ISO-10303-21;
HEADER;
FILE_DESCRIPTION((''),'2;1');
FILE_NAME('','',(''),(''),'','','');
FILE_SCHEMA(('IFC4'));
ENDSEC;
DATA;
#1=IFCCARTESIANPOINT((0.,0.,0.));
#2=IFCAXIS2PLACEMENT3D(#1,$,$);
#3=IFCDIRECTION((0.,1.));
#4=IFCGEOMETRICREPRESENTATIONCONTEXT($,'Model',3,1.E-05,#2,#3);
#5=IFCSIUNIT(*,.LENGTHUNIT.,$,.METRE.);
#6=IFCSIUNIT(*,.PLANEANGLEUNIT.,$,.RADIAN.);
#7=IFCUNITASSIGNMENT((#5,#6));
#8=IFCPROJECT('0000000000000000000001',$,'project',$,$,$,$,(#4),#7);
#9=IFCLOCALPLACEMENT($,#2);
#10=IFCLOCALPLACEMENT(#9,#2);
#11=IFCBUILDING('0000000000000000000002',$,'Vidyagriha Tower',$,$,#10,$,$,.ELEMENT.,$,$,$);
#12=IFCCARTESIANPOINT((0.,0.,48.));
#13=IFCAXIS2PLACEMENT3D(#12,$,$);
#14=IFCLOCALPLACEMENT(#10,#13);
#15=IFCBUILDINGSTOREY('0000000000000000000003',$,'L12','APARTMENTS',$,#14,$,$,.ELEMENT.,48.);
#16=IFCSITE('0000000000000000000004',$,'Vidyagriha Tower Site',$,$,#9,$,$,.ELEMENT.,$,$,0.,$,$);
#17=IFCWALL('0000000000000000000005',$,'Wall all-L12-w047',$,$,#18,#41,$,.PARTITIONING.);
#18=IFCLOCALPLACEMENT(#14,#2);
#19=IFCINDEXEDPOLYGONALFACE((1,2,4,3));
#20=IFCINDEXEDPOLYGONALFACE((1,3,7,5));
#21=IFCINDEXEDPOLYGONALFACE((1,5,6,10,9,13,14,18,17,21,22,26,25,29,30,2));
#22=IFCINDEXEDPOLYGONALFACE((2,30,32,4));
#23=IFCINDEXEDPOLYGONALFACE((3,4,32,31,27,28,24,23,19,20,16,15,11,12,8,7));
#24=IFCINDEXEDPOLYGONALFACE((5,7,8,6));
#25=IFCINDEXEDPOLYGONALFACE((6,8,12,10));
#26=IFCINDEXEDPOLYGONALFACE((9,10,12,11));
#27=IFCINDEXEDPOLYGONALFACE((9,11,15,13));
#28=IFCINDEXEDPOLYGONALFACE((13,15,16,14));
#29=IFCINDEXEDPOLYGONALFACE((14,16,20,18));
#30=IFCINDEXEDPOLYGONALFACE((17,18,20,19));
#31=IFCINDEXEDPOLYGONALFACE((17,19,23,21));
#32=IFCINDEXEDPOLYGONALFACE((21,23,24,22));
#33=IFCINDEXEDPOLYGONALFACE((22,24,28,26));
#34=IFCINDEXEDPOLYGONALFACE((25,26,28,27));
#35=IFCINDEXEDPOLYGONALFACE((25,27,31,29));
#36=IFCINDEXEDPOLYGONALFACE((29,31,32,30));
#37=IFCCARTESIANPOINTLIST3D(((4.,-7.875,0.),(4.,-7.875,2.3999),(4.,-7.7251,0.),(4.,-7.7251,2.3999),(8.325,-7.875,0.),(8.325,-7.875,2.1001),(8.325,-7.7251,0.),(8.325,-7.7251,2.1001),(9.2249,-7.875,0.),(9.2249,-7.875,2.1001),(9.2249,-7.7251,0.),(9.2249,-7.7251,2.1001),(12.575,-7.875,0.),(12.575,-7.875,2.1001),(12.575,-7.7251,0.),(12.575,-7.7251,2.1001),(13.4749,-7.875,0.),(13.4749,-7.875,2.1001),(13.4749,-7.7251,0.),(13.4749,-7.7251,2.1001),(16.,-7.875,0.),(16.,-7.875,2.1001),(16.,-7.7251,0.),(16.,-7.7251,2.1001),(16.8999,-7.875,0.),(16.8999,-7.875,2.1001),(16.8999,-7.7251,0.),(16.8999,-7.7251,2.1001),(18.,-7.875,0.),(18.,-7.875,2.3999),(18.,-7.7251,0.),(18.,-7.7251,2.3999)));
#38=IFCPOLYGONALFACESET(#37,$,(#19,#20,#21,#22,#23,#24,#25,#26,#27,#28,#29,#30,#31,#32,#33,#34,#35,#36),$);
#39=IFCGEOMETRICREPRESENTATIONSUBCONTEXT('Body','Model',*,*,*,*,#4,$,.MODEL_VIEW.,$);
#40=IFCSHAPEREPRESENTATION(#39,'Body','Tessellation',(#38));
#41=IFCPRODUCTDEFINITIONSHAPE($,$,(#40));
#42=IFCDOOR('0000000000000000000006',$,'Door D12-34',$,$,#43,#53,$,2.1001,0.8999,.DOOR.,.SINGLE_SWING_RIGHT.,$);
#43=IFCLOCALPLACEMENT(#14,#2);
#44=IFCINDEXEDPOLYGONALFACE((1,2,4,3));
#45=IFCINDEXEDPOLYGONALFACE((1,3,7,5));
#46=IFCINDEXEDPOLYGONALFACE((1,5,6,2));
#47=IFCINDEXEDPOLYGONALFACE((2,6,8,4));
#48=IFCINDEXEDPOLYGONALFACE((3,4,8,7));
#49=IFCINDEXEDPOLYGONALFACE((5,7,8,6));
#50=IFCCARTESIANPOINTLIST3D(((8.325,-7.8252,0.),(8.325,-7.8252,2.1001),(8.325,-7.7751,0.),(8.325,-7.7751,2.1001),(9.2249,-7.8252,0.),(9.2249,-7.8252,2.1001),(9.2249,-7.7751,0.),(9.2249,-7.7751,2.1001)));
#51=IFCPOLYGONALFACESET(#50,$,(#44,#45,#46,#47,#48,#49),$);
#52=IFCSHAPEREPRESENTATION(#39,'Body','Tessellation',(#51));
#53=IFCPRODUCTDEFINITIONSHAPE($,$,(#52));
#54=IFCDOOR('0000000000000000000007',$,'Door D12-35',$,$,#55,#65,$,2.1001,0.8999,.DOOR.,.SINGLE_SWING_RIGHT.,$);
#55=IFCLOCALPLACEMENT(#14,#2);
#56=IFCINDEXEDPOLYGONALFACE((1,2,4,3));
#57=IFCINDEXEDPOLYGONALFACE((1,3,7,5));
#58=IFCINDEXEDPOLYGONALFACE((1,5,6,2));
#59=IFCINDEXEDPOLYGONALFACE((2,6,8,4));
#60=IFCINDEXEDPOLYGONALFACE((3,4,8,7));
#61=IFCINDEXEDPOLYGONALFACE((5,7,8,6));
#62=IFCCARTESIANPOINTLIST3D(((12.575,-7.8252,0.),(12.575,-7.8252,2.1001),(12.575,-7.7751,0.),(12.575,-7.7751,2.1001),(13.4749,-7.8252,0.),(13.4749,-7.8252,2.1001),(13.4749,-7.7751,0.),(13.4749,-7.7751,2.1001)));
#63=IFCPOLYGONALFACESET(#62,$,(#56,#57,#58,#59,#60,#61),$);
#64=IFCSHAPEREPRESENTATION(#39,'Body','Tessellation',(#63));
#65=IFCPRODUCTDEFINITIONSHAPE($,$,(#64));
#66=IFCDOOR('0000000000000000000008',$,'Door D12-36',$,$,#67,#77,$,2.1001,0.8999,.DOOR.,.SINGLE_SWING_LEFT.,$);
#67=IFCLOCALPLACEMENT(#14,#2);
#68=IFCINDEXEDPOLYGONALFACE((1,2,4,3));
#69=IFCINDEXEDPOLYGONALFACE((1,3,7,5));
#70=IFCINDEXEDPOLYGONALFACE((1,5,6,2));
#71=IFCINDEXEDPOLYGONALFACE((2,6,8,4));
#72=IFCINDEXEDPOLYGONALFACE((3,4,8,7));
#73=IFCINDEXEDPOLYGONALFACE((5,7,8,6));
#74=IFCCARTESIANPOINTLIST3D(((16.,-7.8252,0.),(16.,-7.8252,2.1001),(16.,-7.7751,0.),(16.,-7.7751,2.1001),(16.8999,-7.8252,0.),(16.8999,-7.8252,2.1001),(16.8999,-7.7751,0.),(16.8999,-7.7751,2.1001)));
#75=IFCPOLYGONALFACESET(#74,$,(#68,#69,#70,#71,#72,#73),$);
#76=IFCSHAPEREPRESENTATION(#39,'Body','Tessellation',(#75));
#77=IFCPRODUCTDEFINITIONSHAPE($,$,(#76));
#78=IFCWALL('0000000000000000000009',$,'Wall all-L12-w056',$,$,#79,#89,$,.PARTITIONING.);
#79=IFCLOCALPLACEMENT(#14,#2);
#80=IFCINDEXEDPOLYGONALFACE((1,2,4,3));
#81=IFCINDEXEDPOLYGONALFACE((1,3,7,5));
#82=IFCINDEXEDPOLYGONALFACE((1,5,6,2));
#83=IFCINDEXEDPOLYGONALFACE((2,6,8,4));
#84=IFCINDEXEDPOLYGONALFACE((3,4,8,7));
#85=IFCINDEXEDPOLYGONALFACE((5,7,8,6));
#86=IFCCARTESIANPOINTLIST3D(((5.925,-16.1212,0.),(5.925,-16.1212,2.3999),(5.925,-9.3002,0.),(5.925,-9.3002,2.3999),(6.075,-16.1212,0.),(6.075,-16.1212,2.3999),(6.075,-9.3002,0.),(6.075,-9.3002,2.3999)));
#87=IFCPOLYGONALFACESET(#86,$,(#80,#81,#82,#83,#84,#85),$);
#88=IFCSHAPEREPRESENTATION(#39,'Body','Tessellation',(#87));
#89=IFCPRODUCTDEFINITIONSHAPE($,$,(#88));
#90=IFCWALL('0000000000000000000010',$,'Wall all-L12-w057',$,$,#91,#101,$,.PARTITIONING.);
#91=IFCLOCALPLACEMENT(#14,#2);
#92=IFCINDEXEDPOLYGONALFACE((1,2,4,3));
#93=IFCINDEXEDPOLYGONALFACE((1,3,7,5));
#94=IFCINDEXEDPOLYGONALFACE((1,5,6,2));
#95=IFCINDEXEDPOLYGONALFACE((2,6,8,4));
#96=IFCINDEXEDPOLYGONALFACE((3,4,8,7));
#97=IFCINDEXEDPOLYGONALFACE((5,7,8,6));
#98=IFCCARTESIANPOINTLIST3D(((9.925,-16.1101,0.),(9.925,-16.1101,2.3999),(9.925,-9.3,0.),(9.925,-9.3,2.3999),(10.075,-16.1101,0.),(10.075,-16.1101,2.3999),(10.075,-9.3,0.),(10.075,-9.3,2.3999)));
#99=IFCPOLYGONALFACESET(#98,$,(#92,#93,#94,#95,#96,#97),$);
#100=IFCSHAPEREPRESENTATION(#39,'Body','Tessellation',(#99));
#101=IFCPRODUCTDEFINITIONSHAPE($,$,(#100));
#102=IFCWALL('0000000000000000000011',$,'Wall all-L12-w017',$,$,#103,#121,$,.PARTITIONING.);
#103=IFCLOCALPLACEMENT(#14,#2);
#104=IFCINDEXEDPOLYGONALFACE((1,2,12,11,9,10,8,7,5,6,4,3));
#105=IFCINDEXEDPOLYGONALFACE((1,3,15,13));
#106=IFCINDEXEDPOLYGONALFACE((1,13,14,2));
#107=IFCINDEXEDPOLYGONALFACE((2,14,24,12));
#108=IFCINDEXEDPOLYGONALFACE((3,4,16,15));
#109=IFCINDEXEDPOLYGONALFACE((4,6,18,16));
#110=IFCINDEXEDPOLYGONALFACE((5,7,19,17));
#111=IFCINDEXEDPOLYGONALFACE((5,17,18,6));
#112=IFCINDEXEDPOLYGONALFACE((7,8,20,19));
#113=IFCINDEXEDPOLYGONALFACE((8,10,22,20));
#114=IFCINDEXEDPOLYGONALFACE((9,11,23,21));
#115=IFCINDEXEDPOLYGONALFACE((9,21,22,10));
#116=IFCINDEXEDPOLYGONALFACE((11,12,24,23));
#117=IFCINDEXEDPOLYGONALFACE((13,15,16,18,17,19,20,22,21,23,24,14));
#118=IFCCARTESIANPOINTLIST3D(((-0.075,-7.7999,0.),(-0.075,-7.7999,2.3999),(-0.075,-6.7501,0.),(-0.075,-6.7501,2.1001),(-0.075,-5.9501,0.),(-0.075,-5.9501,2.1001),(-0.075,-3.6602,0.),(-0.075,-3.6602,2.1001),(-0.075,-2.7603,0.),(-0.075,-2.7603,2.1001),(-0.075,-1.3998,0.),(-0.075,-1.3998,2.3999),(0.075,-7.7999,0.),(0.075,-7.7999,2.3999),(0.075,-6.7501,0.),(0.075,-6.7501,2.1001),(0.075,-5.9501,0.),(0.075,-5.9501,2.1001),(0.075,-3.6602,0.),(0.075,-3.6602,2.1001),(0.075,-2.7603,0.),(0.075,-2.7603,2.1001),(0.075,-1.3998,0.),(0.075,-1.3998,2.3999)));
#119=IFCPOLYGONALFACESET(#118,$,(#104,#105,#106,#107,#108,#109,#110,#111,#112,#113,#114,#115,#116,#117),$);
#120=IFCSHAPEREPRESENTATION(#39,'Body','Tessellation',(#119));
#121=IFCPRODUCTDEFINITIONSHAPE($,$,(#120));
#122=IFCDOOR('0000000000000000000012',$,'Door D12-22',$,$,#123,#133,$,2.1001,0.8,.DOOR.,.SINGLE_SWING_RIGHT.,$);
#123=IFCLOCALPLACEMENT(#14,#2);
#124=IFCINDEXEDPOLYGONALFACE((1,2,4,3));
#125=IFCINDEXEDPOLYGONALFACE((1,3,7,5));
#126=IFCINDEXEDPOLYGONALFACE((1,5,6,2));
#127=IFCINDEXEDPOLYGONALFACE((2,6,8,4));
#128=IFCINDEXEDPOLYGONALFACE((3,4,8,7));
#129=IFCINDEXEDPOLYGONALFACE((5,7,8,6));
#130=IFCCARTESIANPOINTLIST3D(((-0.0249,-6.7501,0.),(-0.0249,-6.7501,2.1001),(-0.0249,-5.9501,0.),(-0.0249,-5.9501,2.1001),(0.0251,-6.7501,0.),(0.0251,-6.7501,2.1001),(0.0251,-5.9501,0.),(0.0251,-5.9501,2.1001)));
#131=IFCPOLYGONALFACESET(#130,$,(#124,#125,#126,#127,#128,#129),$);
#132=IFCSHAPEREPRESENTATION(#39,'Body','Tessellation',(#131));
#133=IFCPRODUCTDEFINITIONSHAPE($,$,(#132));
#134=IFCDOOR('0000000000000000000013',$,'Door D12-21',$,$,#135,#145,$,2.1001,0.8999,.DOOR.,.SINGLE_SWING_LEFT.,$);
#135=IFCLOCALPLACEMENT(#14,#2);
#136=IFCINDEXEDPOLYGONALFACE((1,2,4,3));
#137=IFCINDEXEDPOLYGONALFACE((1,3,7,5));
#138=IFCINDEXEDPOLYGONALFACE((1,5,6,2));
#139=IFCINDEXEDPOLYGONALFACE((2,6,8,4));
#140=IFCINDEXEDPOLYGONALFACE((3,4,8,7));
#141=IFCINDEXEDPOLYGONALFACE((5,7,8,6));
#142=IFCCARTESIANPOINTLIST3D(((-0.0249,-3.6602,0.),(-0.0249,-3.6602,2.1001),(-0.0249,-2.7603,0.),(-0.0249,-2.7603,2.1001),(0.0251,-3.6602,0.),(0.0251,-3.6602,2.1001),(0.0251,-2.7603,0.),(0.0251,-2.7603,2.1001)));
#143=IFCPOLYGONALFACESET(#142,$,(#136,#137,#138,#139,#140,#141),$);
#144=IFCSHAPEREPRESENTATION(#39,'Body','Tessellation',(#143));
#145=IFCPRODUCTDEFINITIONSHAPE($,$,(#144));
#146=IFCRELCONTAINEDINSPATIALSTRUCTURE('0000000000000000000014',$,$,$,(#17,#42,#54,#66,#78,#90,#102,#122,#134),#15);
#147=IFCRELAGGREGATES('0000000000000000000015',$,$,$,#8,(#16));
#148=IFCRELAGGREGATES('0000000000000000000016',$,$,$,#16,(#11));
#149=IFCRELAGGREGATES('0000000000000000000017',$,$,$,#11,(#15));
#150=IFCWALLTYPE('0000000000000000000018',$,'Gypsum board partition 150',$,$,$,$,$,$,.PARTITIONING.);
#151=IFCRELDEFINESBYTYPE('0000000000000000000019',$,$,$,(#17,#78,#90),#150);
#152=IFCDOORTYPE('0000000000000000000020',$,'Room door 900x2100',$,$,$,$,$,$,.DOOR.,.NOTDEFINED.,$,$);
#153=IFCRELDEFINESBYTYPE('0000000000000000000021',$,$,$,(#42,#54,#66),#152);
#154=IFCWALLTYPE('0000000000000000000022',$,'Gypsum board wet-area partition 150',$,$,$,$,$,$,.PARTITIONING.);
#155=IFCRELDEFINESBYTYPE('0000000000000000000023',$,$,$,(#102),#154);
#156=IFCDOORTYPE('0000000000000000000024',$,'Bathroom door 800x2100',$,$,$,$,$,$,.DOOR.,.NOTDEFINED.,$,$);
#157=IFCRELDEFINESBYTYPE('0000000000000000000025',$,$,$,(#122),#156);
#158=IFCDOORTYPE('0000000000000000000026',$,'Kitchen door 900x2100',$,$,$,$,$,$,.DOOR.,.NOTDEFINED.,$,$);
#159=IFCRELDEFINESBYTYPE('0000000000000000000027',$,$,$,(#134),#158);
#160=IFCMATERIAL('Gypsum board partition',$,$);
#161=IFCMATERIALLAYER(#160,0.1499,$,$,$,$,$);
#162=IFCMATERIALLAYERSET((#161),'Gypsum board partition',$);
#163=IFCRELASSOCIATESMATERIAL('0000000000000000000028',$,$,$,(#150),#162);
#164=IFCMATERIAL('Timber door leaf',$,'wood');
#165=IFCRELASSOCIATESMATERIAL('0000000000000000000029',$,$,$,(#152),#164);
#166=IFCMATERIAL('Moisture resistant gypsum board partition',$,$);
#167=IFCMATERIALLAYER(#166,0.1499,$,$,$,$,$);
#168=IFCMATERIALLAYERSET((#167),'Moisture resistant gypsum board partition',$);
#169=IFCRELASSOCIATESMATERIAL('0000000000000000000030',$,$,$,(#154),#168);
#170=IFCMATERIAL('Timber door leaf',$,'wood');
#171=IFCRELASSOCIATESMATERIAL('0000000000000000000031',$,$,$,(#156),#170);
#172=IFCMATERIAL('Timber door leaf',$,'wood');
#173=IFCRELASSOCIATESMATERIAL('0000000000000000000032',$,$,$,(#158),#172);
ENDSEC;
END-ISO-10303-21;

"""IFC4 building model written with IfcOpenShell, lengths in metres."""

from ifc_helpers import new_model, si_unit, direction, frame, frame_2d, origin, place, context, subcontext, project, spatial, rectangle, extrude, material, layer, layer_set, type_object, element, fill, save


model = new_model("IFC4")

# Units and contexts
model_context = context("Model", 3, precision=1e-05, world=origin(), true_north=direction((0.0, 1.0)))
body_context = subcontext(model_context, "Body", "Model", "MODEL_VIEW")
ifc_project = project(units=[si_unit("LENGTHUNIT", "METRE"), si_unit("PLANEANGLEUNIT", "RADIAN")], contexts=[model_context])

# Site, building, storey
site_placement = place(None, origin())
site = spatial("IfcSite", under=ifc_project, at=site_placement, Name="Vidyagriha Tower Site", CompositionType="ELEMENT", RefElevation=0.0)
building_placement = place(site_placement, origin())
building = spatial("IfcBuilding", under=site, at=building_placement, Name="Vidyagriha Tower", CompositionType="ELEMENT")
storey_placement = place(building_placement, frame((0.0, 0.0, 48.0)))
storey = spatial("IfcBuildingStorey", under=building, at=storey_placement, Name="L12", Description="APARTMENTS", CompositionType="ELEMENT", Elevation=48.0)

# Shared definitions
ifc_material_1 = material(Name="Gypsum board partition")
ifc_layer_1 = layer(ifc_material_1, 0.1499)
ifc_layer_set_1 = layer_set([ifc_layer_1], Name="Gypsum board partition")
wall_type_1 = type_object("IfcWallType", Name="Gypsum board partition 150", PredefinedType="PARTITIONING", material=ifc_layer_set_1)

# Shared definitions
ifc_material_2 = material(Name="Timber door leaf", Category="wood")
door_type_1 = type_object("IfcDoorType", Name="Room door 900x2100", OperationType="NOTDEFINED", PredefinedType="DOOR", material=ifc_material_2)

# Wall, openings, doors
wall_1_placement = place(storey_placement, frame((4.0, -7.8, 0.0)))
wall_1 = element("IfcWall", 1, at=wall_1_placement, inside=storey, type_object=wall_type_1, Name="Wall all-L12-w047", PredefinedType="PARTITIONING", context=body_context, shape_type="SweptSolid", body=[
    extrude(rectangle(XDim=14.0, YDim=0.1499, at=frame_2d((7.0, 0.0))), origin(), (0.0, 0.0, 1.0), 2.3999),
])
opening_1_placement = place(wall_1_placement, frame((4.325, 0.0, 0.0)))
opening_1 = element("IfcOpeningElement", 2, at=opening_1_placement, cuts=wall_1, PredefinedType="OPENING", context=body_context, shape_type="SweptSolid", body=[
    extrude(rectangle(XDim=0.8999, YDim=2.1001, at=frame_2d((0.45, 1.05))), frame((0.0, 0.085, 0.0), z_axis=(0.0, -1.0, 0.0), x_axis=(1.0, 0.0, 0.0)), (0.0, 0.0, 1.0), 0.1699),
])
opening_2_placement = place(wall_1_placement, frame((8.575, 0.0, 0.0)))
opening_2 = element("IfcOpeningElement", 3, at=opening_2_placement, cuts=wall_1, PredefinedType="OPENING", context=body_context, shape_type="SweptSolid", body=[
    extrude(rectangle(XDim=0.8999, YDim=2.1001, at=frame_2d((0.45, 1.05))), frame((0.0, 0.085, 0.0), z_axis=(0.0, -1.0, 0.0), x_axis=(1.0, 0.0, 0.0)), (0.0, 0.0, 1.0), 0.1699),
])
opening_3_placement = place(wall_1_placement, frame((12.0, 0.0, 0.0)))
opening_3 = element("IfcOpeningElement", 4, at=opening_3_placement, cuts=wall_1, PredefinedType="OPENING", context=body_context, shape_type="SweptSolid", body=[
    extrude(rectangle(XDim=0.8999, YDim=2.1001, at=frame_2d((0.45, 1.05))), frame((0.0, 0.085, 0.0), z_axis=(0.0, -1.0, 0.0), x_axis=(1.0, 0.0, 0.0)), (0.0, 0.0, 1.0), 0.1699),
])
door_1_placement = place(opening_1_placement, origin())
door_1 = element("IfcDoor", 5, at=door_1_placement, inside=storey, type_object=door_type_1, Name="Door D12-34", OperationType="SINGLE_SWING_RIGHT", OverallHeight=2.1001, OverallWidth=0.8999, PredefinedType="DOOR", context=body_context, shape_type="SweptSolid", body=[
    extrude(rectangle(XDim=0.8999, YDim=2.1001, at=frame_2d((0.45, 1.05))), frame((0.0, 0.0249, 0.0), z_axis=(0.0, -1.0, 0.0), x_axis=(1.0, 0.0, 0.0)), (0.0, 0.0, 1.0), 0.05),
])
fill(opening_1, door_1)
door_2_placement = place(opening_2_placement, origin())
door_2 = element("IfcDoor", 6, at=door_2_placement, inside=storey, type_object=door_type_1, Name="Door D12-35", OperationType="SINGLE_SWING_RIGHT", OverallHeight=2.1001, OverallWidth=0.8999, PredefinedType="DOOR", context=body_context, shape_type="SweptSolid", body=[
    extrude(rectangle(XDim=0.8999, YDim=2.1001, at=frame_2d((0.45, 1.05))), frame((0.0, 0.0249, 0.0), z_axis=(0.0, -1.0, 0.0), x_axis=(1.0, 0.0, 0.0)), (0.0, 0.0, 1.0), 0.05),
])
fill(opening_2, door_2)
door_3_placement = place(opening_3_placement, origin())
door_3 = element("IfcDoor", 7, at=door_3_placement, inside=storey, type_object=door_type_1, Name="Door D12-36", OperationType="SINGLE_SWING_LEFT", OverallHeight=2.1001, OverallWidth=0.8999, PredefinedType="DOOR", context=body_context, shape_type="SweptSolid", body=[
    extrude(rectangle(XDim=0.8999, YDim=2.1001, at=frame_2d((0.45, 1.05))), frame((0.0, 0.0249, 0.0), z_axis=(0.0, -1.0, 0.0), x_axis=(1.0, 0.0, 0.0)), (0.0, 0.0, 1.0), 0.05),
])
fill(opening_3, door_3)

# Walls
wall_2_placement = place(storey_placement, frame((6.0, -9.3, 0.0), z_axis=(0.0, 0.0, 1.0), x_axis=(0.0, -1.0, 0.0)))
element("IfcWall", 8, at=wall_2_placement, inside=storey, type_object=wall_type_1, Name="Wall all-L12-w056", PredefinedType="PARTITIONING", context=body_context, shape_type="SweptSolid", body=[
    extrude(rectangle(XDim=6.821, YDim=0.1499, at=frame_2d((3.4106, 0.0))), origin(), (0.0, 0.0, 1.0), 2.3999),
])
wall_3_placement = place(storey_placement, frame((10.0, -9.3, 0.0), z_axis=(0.0, 0.0, 1.0), x_axis=(0.0, -1.0, 0.0)))
element("IfcWall", 9, at=wall_3_placement, inside=storey, type_object=wall_type_1, Name="Wall all-L12-w057", PredefinedType="PARTITIONING", context=body_context, shape_type="SweptSolid", body=[
    extrude(rectangle(XDim=6.8101, YDim=0.1499, at=frame_2d((3.405, 0.0))), origin(), (0.0, 0.0, 1.0), 2.3999),
])

# Wall, openings, doors
ifc_material_3 = material(Name="Moisture resistant gypsum board partition")
ifc_layer_2 = layer(ifc_material_3, 0.1499)
ifc_layer_set_2 = layer_set([ifc_layer_2], Name="Moisture resistant gypsum board partition")
wall_type_2 = type_object("IfcWallType", Name="Gypsum board wet-area partition 150", PredefinedType="PARTITIONING", material=ifc_layer_set_2)
wall_4_placement = place(storey_placement, frame((0.0, -7.8, 0.0), z_axis=(0.0, 0.0, 1.0), x_axis=(0.0, 1.0, 0.0)))
wall_4 = element("IfcWall", 10, at=wall_4_placement, inside=storey, type_object=wall_type_2, Name="Wall all-L12-w017", PredefinedType="PARTITIONING", context=body_context, shape_type="SweptSolid", body=[
    extrude(rectangle(XDim=6.4001, YDim=0.1499, at=frame_2d((3.2002, 0.0))), origin(), (0.0, 0.0, 1.0), 2.3999),
])
opening_4_placement = place(wall_4_placement, frame((4.1399, 0.0, 0.0)))
opening_4 = element("IfcOpeningElement", 11, at=opening_4_placement, cuts=wall_4, PredefinedType="OPENING", context=body_context, shape_type="SweptSolid", body=[
    extrude(rectangle(XDim=0.8999, YDim=2.1001, at=frame_2d((0.45, 1.05))), frame((0.0, 0.085, 0.0), z_axis=(0.0, -1.0, 0.0), x_axis=(1.0, 0.0, 0.0)), (0.0, 0.0, 1.0), 0.1699),
])
opening_5_placement = place(wall_4_placement, frame((1.05, 0.0, 0.0)))
opening_5 = element("IfcOpeningElement", 12, at=opening_5_placement, cuts=wall_4, PredefinedType="OPENING", context=body_context, shape_type="SweptSolid", body=[
    extrude(rectangle(XDim=0.8, YDim=2.1001, at=frame_2d((0.3999, 1.05))), frame((0.0, 0.085, 0.0), z_axis=(0.0, -1.0, 0.0), x_axis=(1.0, 0.0, 0.0)), (0.0, 0.0, 1.0), 0.1699),
])
ifc_material_4 = material(Name="Timber door leaf", Category="wood")
door_type_2 = type_object("IfcDoorType", Name="Bathroom door 800x2100", OperationType="NOTDEFINED", PredefinedType="DOOR", material=ifc_material_4)
door_4_placement = place(opening_5_placement, origin())
door_4 = element("IfcDoor", 13, at=door_4_placement, inside=storey, type_object=door_type_2, Name="Door D12-22", OperationType="SINGLE_SWING_RIGHT", OverallHeight=2.1001, OverallWidth=0.8, PredefinedType="DOOR", context=body_context, shape_type="SweptSolid", body=[
    extrude(rectangle(XDim=0.8, YDim=2.1001, at=frame_2d((0.3999, 1.05))), frame((0.0, 0.0249, 0.0), z_axis=(0.0, -1.0, 0.0), x_axis=(1.0, 0.0, 0.0)), (0.0, 0.0, 1.0), 0.05),
])
fill(opening_5, door_4)
ifc_material_5 = material(Name="Timber door leaf", Category="wood")
door_type_3 = type_object("IfcDoorType", Name="Kitchen door 900x2100", OperationType="NOTDEFINED", PredefinedType="DOOR", material=ifc_material_5)
door_5_placement = place(opening_4_placement, origin())
door_5 = element("IfcDoor", 14, at=door_5_placement, inside=storey, type_object=door_type_3, Name="Door D12-21", OperationType="SINGLE_SWING_LEFT", OverallHeight=2.1001, OverallWidth=0.8999, PredefinedType="DOOR", context=body_context, shape_type="SweptSolid", body=[
    extrude(rectangle(XDim=0.8999, YDim=2.1001, at=frame_2d((0.45, 1.05))), frame((0.0, 0.0249, 0.0), z_axis=(0.0, -1.0, 0.0), x_axis=(1.0, 0.0, 0.0)), (0.0, 0.0, 1.0), 0.05),
])
fill(opening_4, door_5)

save(model, "model.ifc")
